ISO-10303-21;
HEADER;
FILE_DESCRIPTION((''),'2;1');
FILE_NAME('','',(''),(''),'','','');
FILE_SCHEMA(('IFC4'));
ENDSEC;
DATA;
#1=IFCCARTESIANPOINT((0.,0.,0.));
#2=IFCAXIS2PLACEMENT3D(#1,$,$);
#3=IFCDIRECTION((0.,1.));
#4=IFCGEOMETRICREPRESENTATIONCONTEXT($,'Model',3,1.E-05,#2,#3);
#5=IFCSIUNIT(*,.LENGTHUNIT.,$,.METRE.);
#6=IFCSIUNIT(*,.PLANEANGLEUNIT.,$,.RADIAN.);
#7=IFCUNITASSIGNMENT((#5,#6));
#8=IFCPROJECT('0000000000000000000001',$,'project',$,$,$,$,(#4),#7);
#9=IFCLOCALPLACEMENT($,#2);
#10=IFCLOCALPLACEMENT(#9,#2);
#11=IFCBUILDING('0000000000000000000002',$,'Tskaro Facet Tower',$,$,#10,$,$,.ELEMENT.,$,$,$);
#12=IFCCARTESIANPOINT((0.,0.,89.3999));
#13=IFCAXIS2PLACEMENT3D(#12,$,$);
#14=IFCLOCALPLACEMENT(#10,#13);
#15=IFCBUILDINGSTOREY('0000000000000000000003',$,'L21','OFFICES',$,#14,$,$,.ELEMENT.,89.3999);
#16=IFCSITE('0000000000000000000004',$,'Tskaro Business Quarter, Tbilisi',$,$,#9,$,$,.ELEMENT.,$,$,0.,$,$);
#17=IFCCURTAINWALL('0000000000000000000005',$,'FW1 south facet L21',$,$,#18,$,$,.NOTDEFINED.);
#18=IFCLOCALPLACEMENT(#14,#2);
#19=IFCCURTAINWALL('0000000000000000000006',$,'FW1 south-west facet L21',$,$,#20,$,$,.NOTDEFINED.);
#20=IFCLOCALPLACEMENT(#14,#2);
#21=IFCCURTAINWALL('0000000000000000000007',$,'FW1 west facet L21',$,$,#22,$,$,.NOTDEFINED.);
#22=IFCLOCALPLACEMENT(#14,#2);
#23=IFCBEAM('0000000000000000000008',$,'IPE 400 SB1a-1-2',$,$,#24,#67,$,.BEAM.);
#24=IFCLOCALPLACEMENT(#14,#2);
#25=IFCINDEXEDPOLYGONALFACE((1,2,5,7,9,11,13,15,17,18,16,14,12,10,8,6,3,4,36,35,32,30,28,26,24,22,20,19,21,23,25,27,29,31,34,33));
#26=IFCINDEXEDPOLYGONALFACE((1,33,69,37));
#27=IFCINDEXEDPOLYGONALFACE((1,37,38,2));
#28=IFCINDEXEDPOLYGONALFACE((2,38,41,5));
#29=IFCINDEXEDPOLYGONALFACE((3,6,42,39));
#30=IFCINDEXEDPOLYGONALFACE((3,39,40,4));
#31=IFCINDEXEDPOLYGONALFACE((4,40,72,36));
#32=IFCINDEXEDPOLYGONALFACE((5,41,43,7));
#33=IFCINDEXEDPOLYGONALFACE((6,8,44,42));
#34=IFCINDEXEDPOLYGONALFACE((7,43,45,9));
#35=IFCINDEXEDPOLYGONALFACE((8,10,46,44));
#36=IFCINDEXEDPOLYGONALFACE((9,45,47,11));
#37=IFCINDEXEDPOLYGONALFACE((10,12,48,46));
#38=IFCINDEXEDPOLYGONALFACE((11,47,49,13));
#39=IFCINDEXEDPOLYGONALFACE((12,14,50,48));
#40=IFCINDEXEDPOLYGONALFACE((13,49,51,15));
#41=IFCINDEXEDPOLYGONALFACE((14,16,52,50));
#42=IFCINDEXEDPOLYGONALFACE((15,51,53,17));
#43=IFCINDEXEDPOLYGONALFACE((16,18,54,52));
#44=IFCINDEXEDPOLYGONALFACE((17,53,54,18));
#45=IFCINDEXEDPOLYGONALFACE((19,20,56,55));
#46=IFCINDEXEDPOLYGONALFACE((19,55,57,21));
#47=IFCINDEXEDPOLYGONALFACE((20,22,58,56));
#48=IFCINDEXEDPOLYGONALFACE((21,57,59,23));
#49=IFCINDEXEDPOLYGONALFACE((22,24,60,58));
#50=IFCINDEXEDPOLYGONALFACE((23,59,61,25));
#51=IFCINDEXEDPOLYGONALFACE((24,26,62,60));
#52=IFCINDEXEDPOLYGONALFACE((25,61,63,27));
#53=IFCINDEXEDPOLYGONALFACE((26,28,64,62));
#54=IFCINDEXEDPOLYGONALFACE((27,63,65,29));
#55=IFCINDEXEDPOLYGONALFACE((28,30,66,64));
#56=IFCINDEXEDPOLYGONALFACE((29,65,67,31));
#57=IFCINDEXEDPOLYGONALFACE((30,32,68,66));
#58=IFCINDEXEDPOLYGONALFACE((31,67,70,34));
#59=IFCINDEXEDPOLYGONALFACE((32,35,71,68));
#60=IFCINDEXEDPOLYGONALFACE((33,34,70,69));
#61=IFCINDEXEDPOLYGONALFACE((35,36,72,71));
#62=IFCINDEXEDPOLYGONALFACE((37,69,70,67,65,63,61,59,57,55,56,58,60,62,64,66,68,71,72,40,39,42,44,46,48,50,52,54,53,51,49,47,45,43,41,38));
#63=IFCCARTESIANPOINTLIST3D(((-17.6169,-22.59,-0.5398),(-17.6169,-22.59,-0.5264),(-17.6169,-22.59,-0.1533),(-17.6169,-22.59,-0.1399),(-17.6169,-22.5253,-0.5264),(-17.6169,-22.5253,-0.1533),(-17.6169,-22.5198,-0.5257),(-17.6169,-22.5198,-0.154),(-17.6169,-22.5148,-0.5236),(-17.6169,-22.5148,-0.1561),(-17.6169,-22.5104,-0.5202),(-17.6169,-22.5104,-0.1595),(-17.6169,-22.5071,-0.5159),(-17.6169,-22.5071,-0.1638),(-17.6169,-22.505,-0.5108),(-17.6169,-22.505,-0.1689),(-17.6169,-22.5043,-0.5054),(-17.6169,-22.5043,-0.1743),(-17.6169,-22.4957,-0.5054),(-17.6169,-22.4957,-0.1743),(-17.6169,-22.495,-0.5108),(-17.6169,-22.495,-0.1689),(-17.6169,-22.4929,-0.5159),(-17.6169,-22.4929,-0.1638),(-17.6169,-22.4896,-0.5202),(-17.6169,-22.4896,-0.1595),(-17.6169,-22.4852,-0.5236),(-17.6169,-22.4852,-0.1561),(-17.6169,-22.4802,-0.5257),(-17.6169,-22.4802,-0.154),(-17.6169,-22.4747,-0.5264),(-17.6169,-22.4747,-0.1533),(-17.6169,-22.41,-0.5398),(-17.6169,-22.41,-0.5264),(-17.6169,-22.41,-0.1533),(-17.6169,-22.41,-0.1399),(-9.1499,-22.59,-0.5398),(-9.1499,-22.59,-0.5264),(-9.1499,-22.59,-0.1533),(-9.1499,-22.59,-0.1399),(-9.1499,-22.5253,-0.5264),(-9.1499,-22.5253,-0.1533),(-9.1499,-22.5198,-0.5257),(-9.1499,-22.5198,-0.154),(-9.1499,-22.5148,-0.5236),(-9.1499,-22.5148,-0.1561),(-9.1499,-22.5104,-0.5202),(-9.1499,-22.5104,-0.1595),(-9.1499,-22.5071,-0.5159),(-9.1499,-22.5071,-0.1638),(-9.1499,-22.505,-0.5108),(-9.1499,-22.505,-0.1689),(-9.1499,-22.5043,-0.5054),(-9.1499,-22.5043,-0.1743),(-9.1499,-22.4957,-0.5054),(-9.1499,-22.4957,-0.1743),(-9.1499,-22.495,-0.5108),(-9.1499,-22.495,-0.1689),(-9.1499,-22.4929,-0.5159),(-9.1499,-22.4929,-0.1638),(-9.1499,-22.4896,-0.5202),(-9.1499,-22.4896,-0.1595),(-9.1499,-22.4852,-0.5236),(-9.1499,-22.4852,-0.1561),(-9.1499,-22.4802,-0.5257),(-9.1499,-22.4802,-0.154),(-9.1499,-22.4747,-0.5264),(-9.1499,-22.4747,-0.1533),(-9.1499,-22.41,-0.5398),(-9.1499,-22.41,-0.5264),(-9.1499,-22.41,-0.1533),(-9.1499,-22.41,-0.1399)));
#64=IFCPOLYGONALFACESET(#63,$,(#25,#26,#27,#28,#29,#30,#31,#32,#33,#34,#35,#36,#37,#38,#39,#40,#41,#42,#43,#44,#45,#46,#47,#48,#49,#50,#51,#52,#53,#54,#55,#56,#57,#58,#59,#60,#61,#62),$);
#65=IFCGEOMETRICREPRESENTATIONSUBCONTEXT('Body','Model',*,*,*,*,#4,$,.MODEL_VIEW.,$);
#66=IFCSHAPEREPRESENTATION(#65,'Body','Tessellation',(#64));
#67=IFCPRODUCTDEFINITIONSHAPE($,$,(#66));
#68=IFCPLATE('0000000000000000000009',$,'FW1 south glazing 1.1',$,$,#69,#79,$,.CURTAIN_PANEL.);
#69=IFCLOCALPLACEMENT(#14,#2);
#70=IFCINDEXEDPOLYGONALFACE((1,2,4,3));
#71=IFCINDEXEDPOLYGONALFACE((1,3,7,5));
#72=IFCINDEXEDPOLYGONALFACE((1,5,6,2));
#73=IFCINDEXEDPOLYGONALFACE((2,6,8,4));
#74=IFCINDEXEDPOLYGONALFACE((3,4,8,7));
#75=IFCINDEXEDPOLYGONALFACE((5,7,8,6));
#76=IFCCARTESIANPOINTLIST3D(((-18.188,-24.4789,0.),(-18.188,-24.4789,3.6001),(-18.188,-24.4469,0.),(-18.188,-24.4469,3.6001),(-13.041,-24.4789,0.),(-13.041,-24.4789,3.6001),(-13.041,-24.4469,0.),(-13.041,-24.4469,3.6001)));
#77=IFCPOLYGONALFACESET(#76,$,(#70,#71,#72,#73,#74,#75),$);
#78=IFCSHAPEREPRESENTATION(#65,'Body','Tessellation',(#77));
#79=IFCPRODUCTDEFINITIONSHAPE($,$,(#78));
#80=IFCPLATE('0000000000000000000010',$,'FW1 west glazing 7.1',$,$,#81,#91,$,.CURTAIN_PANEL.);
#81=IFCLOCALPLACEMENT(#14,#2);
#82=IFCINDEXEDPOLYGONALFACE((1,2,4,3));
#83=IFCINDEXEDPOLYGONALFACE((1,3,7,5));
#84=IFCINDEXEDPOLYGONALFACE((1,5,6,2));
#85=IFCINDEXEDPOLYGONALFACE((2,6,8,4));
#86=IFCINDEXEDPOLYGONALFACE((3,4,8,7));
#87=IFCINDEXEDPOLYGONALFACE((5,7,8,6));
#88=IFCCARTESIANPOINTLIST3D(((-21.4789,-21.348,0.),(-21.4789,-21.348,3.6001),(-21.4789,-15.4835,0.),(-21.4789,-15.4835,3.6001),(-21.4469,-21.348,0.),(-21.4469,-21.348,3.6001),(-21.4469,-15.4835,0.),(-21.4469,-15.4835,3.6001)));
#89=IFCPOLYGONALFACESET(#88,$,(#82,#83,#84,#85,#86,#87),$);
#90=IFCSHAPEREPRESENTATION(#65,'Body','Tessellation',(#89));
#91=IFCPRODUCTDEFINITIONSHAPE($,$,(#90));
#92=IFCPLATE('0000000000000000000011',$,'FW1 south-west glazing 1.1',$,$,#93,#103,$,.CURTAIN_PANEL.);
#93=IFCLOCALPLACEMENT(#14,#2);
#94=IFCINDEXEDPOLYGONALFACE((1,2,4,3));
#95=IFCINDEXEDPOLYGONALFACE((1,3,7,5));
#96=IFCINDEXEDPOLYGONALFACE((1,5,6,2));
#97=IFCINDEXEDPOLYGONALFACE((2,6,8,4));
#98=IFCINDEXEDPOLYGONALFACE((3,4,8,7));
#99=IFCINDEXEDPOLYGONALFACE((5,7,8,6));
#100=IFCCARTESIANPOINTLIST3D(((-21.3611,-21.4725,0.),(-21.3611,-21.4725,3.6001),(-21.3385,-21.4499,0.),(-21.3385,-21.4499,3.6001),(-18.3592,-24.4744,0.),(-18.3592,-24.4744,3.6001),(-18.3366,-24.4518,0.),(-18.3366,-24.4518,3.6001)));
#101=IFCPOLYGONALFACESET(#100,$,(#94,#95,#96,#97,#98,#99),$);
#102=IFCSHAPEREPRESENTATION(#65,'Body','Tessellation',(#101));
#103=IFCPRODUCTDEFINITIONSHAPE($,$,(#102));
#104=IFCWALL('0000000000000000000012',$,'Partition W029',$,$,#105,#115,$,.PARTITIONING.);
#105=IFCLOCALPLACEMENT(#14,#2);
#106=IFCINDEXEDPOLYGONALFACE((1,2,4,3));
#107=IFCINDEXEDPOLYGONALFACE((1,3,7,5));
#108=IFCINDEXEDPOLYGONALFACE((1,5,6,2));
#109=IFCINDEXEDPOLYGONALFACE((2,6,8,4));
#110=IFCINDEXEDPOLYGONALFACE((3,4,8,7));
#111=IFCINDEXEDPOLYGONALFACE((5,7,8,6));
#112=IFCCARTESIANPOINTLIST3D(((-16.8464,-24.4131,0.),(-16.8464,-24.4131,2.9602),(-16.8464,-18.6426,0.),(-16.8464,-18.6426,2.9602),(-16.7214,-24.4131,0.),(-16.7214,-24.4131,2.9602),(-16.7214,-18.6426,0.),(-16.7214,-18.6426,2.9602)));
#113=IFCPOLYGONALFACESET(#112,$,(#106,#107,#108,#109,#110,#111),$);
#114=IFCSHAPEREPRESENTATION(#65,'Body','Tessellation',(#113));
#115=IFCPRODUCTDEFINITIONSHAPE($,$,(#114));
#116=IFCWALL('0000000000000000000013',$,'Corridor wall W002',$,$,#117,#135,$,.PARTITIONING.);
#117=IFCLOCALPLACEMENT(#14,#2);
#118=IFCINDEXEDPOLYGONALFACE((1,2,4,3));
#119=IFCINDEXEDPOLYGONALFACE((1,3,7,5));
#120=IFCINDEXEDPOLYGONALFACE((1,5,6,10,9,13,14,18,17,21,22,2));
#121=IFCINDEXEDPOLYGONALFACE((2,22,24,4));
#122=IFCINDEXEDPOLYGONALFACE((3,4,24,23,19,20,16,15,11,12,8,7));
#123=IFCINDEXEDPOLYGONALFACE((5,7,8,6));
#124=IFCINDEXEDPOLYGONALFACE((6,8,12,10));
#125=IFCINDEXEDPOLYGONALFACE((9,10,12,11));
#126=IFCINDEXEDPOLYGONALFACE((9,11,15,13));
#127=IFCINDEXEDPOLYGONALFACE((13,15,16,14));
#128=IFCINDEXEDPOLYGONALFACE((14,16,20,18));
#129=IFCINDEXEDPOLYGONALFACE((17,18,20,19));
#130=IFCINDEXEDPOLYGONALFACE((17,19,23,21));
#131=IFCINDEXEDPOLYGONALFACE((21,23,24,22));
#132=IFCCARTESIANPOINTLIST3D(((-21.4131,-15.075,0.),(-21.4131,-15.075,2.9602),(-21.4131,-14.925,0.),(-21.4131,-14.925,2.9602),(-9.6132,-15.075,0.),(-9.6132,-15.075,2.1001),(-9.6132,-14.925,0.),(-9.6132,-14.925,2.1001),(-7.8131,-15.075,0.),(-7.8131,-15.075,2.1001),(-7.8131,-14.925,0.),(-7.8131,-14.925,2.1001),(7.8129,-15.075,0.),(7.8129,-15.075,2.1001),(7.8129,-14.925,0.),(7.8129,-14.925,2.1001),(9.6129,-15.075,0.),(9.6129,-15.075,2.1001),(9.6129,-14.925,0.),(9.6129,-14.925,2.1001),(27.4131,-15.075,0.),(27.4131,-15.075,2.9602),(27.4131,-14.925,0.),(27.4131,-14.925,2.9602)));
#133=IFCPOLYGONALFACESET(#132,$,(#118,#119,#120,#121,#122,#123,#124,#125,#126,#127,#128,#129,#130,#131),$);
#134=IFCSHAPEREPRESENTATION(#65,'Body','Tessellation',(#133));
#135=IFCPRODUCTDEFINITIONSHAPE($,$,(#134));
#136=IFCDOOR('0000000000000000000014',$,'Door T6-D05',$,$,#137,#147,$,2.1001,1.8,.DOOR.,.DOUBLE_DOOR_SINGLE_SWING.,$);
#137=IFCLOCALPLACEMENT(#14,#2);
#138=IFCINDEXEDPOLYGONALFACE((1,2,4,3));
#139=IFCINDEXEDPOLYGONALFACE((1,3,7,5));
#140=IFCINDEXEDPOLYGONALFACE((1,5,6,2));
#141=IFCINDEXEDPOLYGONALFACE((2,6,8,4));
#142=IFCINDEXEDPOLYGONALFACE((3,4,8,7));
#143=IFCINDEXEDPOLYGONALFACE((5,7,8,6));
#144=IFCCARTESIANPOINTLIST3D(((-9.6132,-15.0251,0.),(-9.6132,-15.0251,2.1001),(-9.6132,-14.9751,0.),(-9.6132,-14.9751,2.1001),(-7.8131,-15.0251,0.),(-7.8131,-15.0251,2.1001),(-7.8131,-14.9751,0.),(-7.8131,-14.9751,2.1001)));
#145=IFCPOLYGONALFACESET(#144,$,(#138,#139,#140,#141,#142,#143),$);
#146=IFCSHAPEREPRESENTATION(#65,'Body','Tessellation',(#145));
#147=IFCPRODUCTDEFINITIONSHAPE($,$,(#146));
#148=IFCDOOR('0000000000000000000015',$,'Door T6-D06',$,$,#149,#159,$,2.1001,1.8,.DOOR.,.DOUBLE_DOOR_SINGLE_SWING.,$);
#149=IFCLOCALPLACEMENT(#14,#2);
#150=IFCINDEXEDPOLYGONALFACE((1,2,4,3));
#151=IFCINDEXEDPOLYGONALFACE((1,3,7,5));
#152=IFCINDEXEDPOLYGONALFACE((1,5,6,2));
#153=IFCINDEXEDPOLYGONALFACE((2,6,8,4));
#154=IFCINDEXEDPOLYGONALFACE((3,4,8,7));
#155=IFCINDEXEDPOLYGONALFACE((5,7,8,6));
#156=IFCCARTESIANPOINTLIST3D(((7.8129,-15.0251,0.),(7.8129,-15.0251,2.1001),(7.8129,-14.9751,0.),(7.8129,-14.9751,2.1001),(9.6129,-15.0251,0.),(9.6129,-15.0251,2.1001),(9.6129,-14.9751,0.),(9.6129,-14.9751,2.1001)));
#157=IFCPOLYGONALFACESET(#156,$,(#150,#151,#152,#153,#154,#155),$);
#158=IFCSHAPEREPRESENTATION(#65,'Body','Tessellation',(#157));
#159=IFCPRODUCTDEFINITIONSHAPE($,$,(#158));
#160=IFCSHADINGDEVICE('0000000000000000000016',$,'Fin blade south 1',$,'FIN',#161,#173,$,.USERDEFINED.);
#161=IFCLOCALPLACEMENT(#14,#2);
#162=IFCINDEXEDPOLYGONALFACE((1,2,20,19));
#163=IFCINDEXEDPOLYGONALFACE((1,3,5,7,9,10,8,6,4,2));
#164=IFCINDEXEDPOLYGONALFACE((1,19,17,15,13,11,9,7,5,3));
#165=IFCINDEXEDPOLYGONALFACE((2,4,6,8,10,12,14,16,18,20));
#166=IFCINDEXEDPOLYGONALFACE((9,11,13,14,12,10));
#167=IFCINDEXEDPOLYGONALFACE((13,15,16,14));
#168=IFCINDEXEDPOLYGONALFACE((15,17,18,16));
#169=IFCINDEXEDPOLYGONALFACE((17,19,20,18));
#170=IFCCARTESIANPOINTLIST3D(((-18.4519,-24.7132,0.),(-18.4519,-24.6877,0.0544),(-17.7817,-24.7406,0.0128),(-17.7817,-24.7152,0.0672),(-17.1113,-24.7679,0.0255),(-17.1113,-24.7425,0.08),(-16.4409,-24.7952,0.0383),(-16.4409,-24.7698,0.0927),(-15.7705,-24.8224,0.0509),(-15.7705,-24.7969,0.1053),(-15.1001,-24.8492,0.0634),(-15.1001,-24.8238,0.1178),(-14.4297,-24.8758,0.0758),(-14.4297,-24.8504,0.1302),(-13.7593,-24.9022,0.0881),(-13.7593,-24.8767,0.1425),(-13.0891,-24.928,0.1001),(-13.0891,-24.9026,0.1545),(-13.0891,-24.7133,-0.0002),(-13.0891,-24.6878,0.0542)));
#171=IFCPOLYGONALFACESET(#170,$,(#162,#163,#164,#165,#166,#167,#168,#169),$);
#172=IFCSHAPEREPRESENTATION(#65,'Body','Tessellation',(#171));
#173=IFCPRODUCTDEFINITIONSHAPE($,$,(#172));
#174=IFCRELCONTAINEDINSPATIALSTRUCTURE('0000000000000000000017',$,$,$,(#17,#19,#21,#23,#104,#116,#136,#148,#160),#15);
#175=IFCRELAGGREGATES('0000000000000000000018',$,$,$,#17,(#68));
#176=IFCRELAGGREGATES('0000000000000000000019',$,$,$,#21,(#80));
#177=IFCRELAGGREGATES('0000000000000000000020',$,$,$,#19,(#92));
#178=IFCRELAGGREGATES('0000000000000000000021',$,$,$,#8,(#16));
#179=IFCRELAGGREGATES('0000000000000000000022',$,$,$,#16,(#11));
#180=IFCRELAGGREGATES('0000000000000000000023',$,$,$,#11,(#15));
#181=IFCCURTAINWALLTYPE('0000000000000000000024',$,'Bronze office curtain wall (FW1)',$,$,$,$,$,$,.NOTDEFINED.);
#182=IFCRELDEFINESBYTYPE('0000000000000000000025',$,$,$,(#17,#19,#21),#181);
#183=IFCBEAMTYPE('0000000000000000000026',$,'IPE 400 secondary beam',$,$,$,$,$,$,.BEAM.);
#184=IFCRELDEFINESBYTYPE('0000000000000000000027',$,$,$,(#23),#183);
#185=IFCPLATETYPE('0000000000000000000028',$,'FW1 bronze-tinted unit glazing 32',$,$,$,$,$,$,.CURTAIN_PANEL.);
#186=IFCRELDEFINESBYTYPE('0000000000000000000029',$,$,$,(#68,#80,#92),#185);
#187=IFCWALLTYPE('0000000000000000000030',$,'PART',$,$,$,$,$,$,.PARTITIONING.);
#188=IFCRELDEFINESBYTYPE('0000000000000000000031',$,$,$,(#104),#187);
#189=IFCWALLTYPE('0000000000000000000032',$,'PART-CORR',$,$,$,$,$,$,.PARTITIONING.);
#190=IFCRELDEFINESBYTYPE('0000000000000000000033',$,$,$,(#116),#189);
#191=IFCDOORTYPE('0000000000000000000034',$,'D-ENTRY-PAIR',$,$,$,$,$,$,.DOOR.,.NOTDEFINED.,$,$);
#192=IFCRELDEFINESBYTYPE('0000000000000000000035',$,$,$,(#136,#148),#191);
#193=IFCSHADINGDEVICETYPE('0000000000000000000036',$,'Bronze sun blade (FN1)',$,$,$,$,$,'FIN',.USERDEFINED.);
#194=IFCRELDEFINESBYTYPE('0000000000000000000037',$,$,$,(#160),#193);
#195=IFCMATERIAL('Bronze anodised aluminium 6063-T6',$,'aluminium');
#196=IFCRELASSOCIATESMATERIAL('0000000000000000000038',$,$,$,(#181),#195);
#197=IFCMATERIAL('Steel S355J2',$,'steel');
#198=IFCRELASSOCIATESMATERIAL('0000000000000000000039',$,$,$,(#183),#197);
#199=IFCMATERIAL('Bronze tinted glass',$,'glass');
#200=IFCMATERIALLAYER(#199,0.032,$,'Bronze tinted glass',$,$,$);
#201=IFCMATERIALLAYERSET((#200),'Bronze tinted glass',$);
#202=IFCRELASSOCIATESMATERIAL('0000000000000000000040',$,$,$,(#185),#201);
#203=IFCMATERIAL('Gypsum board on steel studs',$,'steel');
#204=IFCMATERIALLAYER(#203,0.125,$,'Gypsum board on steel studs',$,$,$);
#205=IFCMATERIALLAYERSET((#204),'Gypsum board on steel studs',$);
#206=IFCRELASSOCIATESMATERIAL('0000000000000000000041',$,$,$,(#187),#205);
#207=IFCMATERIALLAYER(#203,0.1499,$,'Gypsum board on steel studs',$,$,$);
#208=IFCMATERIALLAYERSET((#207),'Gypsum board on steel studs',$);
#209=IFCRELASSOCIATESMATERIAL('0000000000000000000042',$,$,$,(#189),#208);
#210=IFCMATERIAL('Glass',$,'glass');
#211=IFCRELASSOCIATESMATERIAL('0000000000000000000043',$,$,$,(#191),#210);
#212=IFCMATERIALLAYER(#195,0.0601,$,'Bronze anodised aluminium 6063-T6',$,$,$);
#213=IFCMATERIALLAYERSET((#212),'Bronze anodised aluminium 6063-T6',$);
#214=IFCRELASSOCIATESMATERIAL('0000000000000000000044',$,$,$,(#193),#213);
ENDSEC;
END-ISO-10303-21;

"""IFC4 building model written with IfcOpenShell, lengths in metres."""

from ifc_helpers import new_model, si_unit, direction, frame, frame_2d, origin, origin_2d, place, context, subcontext, project, spatial, polyline, rectangle, i_section, outline, extrude, material, layer, layer_set, material_profile, profile_set, type_object, element, fill, aggregate, save


model = new_model("IFC4")

# Units and contexts
model_context = context("Model", 3, precision=1e-05, world=origin(), true_north=direction((0.0, 1.0)))
body_context = subcontext(model_context, "Body", "Model", "MODEL_VIEW")
ifc_project = project(units=[si_unit("LENGTHUNIT", "METRE"), si_unit("PLANEANGLEUNIT", "RADIAN")], contexts=[model_context])

# Site, building, storey
site_placement = place(None, origin())
site = spatial("IfcSite", under=ifc_project, at=site_placement, Name="Tskaro Business Quarter, Tbilisi", CompositionType="ELEMENT", RefElevation=0.0)
building_placement = place(site_placement, origin())
building = spatial("IfcBuilding", under=site, at=building_placement, Name="Tskaro Facet Tower", CompositionType="ELEMENT")
storey_placement = place(building_placement, frame((0.0, 0.0, 89.3999)))
storey = spatial("IfcBuildingStorey", under=building, at=storey_placement, Name="L21", Description="OFFICES", CompositionType="ELEMENT", Elevation=89.3999)

# Curtain walls
ifc_material_1 = material(Name="Bronze anodised aluminium 6063-T6", Category="aluminium")
curtain_wall_type = type_object("IfcCurtainWallType", Name="Bronze office curtain wall (FW1)", PredefinedType="NOTDEFINED", material=ifc_material_1)
curtain_wall_1_placement = place(storey_placement, origin())
curtain_wall_1 = element("IfcCurtainWall", 1, at=curtain_wall_1_placement, inside=storey, type_object=curtain_wall_type, Name="FW1 south facet L21", PredefinedType="NOTDEFINED")
curtain_wall_2_placement = place(storey_placement, origin())
curtain_wall_2 = element("IfcCurtainWall", 2, at=curtain_wall_2_placement, inside=storey, type_object=curtain_wall_type, Name="FW1 south-west facet L21", PredefinedType="NOTDEFINED")

# Curtain wall
curtain_wall_3_placement = place(storey_placement, origin())
curtain_wall_3 = element("IfcCurtainWall", 3, at=curtain_wall_3_placement, inside=storey, type_object=curtain_wall_type, Name="FW1 west facet L21", PredefinedType="NOTDEFINED")

# Beam
ifc_material_2 = material(Name="Steel S355J2", Category="steel")
ifc_material_profile_1 = material_profile(ifc_material_2, i_section(OverallWidth=0.1799, OverallDepth=0.3999, WebThickness=0.0085, FlangeThickness=0.0134, FilletRadius=0.021, at=origin_2d()), Name="IPE 400")
ifc_profile_set_1 = profile_set([ifc_material_profile_1], Name="Steel S355J2")
beam_type_1 = type_object("IfcBeamType", Name="IPE 400 secondary beam", PredefinedType="BEAM", material=ifc_profile_set_1)
beam_1_placement = place(storey_placement, frame((-17.6169, -22.5, -0.3398), z_axis=(1.0, 0.0, 0.0), x_axis=(0.0, 1.0, 0.0)))
element("IfcBeam", 4, at=beam_1_placement, inside=storey, type_object=beam_type_1, Name="IPE 400 SB1a-1-2", PredefinedType="BEAM", context=body_context, shape_type="SweptSolid", body=[
    extrude(i_section(OverallWidth=0.1799, OverallDepth=0.3999, WebThickness=0.0085, FlangeThickness=0.0134, FilletRadius=0.021, at=origin_2d()), origin(), (0.0, 0.0, 1.0), 8.467),
])

# Plates
ifc_material_3 = material(Name="Bronze tinted glass", Category="glass")
ifc_layer_1 = layer(ifc_material_3, 0.032, Name="Bronze tinted glass")
ifc_layer_set_1 = layer_set([ifc_layer_1], Name="Bronze tinted glass")
plate_type = type_object("IfcPlateType", Name="FW1 bronze-tinted unit glazing 32", PredefinedType="CURTAIN_PANEL", material=ifc_layer_set_1)
plate_1_placement = place(storey_placement, frame((-15.6145, -24.4629, 0.0), z_axis=(0.0, 0.0, 1.0), x_axis=(1.0, 0.0, 0.0)))
plate_1 = element("IfcPlate", 5, at=plate_1_placement, type_object=plate_type, Name="FW1 south glazing 1.1", PredefinedType="CURTAIN_PANEL", context=body_context, shape_type="SweptSolid", body=[
    extrude(rectangle(XDim=5.147, YDim=0.032, at=origin_2d()), origin(), (0.0, 0.0, 1.0), 3.6001),
])
aggregate(curtain_wall_1, [plate_1])
plate_2_placement = place(storey_placement, frame((-21.4629, -18.4158, 0.0), z_axis=(0.0, 0.0, 1.0), x_axis=(0.0, -1.0, 0.0)))
plate_2 = element("IfcPlate", 6, at=plate_2_placement, type_object=plate_type, Name="FW1 west glazing 7.1", PredefinedType="CURTAIN_PANEL", context=body_context, shape_type="SweptSolid", body=[
    extrude(rectangle(XDim=5.8645, YDim=0.032, at=origin_2d()), origin(), (0.0, 0.0, 1.0), 3.6001),
])
aggregate(curtain_wall_3, [plate_2])
plate_3_placement = place(storey_placement, frame((-19.8489, -22.9622, 0.0), z_axis=(0.0, 0.0, 1.0), x_axis=(0.707107, -0.707107, 0.0)))
plate_3 = element("IfcPlate", 7, at=plate_3_placement, type_object=plate_type, Name="FW1 south-west glazing 1.1", PredefinedType="CURTAIN_PANEL", context=body_context, shape_type="SweptSolid", body=[
    extrude(rectangle(XDim=4.2454, YDim=0.032, at=origin_2d()), origin(), (0.0, 0.0, 1.0), 3.6001),
])
aggregate(curtain_wall_2, [plate_3])

# Wall
ifc_material_4 = material(Name="Gypsum board on steel studs", Category="steel")
ifc_layer_2 = layer(ifc_material_4, 0.125, Name="Gypsum board on steel studs")
ifc_layer_set_2 = layer_set([ifc_layer_2], Name="Gypsum board on steel studs")
wall_type_1 = type_object("IfcWallType", Name="PART", PredefinedType="PARTITIONING", material=ifc_layer_set_2)
wall_1_placement = place(storey_placement, frame((-16.7839, -24.4131, 0.0), z_axis=(0.0, 0.0, 1.0), x_axis=(0.0, 1.0, 0.0)))
element("IfcWall", 8, at=wall_1_placement, inside=storey, type_object=wall_type_1, Name="Partition W029", PredefinedType="PARTITIONING", context=body_context, shape_type="SweptSolid", body=[
    extrude(rectangle(XDim=5.7705, YDim=0.125, at=frame_2d((2.8853, 0.0))), origin(), (0.0, 0.0, 1.0), 2.9602),
])

# Wall, openings, doors
ifc_layer_3 = layer(ifc_material_4, 0.1499, Name="Gypsum board on steel studs")
ifc_layer_set_3 = layer_set([ifc_layer_3], Name="Gypsum board on steel studs")
wall_type_2 = type_object("IfcWallType", Name="PART-CORR", PredefinedType="PARTITIONING", material=ifc_layer_set_3)
wall_2_placement = place(storey_placement, frame((-21.4131, -15.0, 0.0), z_axis=(0.0, 0.0, 1.0), x_axis=(1.0, 0.0, 0.0)))
wall_2 = element("IfcWall", 9, at=wall_2_placement, inside=storey, type_object=wall_type_2, Name="Corridor wall W002", PredefinedType="PARTITIONING", context=body_context, shape_type="SweptSolid", body=[
    extrude(rectangle(XDim=48.8262, YDim=0.1499, at=frame_2d((24.4131, 0.0))), origin(), (0.0, 0.0, 1.0), 2.9602),
])
opening_1_placement = place(wall_2_placement, frame((11.8, 0.0, 0.0)))
opening_1 = element("IfcOpeningElement", 10, at=opening_1_placement, cuts=wall_2, PredefinedType="OPENING", context=body_context, shape_type="SweptSolid", body=[
    extrude(rectangle(XDim=1.8, YDim=2.1001, at=frame_2d((0.8999, 1.05))), frame((0.0, 0.085, 0.0), z_axis=(0.0, -1.0, 0.0), x_axis=(1.0, 0.0, 0.0)), (0.0, 0.0, 1.0), 0.1699),
])
opening_2_placement = place(wall_2_placement, frame((29.2261, 0.0, 0.0)))
opening_2 = element("IfcOpeningElement", 11, at=opening_2_placement, cuts=wall_2, PredefinedType="OPENING", context=body_context, shape_type="SweptSolid", body=[
    extrude(rectangle(XDim=1.8, YDim=2.1001, at=frame_2d((0.8999, 1.05))), frame((0.0, 0.085, 0.0), z_axis=(0.0, -1.0, 0.0), x_axis=(1.0, 0.0, 0.0)), (0.0, 0.0, 1.0), 0.1699),
])
ifc_material_5 = material(Name="Glass", Category="glass")
door_type = type_object("IfcDoorType", Name="D-ENTRY-PAIR", OperationType="NOTDEFINED", PredefinedType="DOOR", material=ifc_material_5)
door_1_placement = place(opening_1_placement, origin())
door_1 = element("IfcDoor", 12, at=door_1_placement, inside=storey, type_object=door_type, Name="Door T6-D05", OperationType="DOUBLE_DOOR_SINGLE_SWING", OverallHeight=2.1001, OverallWidth=1.8, PredefinedType="DOOR", context=body_context, shape_type="SweptSolid", body=[
    extrude(rectangle(XDim=1.8, YDim=2.1001, at=frame_2d((0.8999, 1.05))), frame((0.0, 0.0249, 0.0), z_axis=(0.0, -1.0, 0.0), x_axis=(1.0, 0.0, 0.0)), (0.0, 0.0, 1.0), 0.05),
])
fill(opening_1, door_1)
door_2_placement = place(opening_2_placement, origin())
door_2 = element("IfcDoor", 13, at=door_2_placement, inside=storey, type_object=door_type, Name="Door T6-D06", OperationType="DOUBLE_DOOR_SINGLE_SWING", OverallHeight=2.1001, OverallWidth=1.8, PredefinedType="DOOR", context=body_context, shape_type="SweptSolid", body=[
    extrude(rectangle(XDim=1.8, YDim=2.1001, at=frame_2d((0.8999, 1.05))), frame((0.0, 0.0249, 0.0), z_axis=(0.0, -1.0, 0.0), x_axis=(1.0, 0.0, 0.0)), (0.0, 0.0, 1.0), 0.05),
])
fill(opening_2, door_2)

# Shading device
ifc_layer_4 = layer(ifc_material_1, 0.0601, Name="Bronze anodised aluminium 6063-T6")
ifc_layer_set_4 = layer_set([ifc_layer_4], Name="Bronze anodised aluminium 6063-T6")
shading_device_type = type_object("IfcShadingDeviceType", Name="Bronze sun blade (FN1)", ElementType="FIN", PredefinedType="USERDEFINED", material=ifc_layer_set_4)
shading_device_1_placement = place(storey_placement, frame((-18.4519, -24.6877, 0.0544), z_axis=(0.000043, 0.423206, 0.906033), x_axis=(1.0, -0.000018, -0.000039)))
element("IfcShadingDevice", 14, at=shading_device_1_placement, inside=storey, type_object=shading_device_type, Name="Fin blade south 1", ObjectType="FIN", PredefinedType="USERDEFINED", context=body_context, shape_type="SweptSolid", body=[
    extrude(outline(polyline([(0.0, 0.0), (5.3628, 0.0), (5.3628, -0.237), (4.6926, -0.2085), (4.0222, -0.1795), (3.3518, -0.1501), (2.6814, -0.1205), (2.011, -0.0905), (1.3406, -0.0604), (0.6702, -0.0303), (0.0, 0.0)])), origin(), (0.0, 0.0, -1.0), 0.0601),
])

save(model, "model.ifc")
